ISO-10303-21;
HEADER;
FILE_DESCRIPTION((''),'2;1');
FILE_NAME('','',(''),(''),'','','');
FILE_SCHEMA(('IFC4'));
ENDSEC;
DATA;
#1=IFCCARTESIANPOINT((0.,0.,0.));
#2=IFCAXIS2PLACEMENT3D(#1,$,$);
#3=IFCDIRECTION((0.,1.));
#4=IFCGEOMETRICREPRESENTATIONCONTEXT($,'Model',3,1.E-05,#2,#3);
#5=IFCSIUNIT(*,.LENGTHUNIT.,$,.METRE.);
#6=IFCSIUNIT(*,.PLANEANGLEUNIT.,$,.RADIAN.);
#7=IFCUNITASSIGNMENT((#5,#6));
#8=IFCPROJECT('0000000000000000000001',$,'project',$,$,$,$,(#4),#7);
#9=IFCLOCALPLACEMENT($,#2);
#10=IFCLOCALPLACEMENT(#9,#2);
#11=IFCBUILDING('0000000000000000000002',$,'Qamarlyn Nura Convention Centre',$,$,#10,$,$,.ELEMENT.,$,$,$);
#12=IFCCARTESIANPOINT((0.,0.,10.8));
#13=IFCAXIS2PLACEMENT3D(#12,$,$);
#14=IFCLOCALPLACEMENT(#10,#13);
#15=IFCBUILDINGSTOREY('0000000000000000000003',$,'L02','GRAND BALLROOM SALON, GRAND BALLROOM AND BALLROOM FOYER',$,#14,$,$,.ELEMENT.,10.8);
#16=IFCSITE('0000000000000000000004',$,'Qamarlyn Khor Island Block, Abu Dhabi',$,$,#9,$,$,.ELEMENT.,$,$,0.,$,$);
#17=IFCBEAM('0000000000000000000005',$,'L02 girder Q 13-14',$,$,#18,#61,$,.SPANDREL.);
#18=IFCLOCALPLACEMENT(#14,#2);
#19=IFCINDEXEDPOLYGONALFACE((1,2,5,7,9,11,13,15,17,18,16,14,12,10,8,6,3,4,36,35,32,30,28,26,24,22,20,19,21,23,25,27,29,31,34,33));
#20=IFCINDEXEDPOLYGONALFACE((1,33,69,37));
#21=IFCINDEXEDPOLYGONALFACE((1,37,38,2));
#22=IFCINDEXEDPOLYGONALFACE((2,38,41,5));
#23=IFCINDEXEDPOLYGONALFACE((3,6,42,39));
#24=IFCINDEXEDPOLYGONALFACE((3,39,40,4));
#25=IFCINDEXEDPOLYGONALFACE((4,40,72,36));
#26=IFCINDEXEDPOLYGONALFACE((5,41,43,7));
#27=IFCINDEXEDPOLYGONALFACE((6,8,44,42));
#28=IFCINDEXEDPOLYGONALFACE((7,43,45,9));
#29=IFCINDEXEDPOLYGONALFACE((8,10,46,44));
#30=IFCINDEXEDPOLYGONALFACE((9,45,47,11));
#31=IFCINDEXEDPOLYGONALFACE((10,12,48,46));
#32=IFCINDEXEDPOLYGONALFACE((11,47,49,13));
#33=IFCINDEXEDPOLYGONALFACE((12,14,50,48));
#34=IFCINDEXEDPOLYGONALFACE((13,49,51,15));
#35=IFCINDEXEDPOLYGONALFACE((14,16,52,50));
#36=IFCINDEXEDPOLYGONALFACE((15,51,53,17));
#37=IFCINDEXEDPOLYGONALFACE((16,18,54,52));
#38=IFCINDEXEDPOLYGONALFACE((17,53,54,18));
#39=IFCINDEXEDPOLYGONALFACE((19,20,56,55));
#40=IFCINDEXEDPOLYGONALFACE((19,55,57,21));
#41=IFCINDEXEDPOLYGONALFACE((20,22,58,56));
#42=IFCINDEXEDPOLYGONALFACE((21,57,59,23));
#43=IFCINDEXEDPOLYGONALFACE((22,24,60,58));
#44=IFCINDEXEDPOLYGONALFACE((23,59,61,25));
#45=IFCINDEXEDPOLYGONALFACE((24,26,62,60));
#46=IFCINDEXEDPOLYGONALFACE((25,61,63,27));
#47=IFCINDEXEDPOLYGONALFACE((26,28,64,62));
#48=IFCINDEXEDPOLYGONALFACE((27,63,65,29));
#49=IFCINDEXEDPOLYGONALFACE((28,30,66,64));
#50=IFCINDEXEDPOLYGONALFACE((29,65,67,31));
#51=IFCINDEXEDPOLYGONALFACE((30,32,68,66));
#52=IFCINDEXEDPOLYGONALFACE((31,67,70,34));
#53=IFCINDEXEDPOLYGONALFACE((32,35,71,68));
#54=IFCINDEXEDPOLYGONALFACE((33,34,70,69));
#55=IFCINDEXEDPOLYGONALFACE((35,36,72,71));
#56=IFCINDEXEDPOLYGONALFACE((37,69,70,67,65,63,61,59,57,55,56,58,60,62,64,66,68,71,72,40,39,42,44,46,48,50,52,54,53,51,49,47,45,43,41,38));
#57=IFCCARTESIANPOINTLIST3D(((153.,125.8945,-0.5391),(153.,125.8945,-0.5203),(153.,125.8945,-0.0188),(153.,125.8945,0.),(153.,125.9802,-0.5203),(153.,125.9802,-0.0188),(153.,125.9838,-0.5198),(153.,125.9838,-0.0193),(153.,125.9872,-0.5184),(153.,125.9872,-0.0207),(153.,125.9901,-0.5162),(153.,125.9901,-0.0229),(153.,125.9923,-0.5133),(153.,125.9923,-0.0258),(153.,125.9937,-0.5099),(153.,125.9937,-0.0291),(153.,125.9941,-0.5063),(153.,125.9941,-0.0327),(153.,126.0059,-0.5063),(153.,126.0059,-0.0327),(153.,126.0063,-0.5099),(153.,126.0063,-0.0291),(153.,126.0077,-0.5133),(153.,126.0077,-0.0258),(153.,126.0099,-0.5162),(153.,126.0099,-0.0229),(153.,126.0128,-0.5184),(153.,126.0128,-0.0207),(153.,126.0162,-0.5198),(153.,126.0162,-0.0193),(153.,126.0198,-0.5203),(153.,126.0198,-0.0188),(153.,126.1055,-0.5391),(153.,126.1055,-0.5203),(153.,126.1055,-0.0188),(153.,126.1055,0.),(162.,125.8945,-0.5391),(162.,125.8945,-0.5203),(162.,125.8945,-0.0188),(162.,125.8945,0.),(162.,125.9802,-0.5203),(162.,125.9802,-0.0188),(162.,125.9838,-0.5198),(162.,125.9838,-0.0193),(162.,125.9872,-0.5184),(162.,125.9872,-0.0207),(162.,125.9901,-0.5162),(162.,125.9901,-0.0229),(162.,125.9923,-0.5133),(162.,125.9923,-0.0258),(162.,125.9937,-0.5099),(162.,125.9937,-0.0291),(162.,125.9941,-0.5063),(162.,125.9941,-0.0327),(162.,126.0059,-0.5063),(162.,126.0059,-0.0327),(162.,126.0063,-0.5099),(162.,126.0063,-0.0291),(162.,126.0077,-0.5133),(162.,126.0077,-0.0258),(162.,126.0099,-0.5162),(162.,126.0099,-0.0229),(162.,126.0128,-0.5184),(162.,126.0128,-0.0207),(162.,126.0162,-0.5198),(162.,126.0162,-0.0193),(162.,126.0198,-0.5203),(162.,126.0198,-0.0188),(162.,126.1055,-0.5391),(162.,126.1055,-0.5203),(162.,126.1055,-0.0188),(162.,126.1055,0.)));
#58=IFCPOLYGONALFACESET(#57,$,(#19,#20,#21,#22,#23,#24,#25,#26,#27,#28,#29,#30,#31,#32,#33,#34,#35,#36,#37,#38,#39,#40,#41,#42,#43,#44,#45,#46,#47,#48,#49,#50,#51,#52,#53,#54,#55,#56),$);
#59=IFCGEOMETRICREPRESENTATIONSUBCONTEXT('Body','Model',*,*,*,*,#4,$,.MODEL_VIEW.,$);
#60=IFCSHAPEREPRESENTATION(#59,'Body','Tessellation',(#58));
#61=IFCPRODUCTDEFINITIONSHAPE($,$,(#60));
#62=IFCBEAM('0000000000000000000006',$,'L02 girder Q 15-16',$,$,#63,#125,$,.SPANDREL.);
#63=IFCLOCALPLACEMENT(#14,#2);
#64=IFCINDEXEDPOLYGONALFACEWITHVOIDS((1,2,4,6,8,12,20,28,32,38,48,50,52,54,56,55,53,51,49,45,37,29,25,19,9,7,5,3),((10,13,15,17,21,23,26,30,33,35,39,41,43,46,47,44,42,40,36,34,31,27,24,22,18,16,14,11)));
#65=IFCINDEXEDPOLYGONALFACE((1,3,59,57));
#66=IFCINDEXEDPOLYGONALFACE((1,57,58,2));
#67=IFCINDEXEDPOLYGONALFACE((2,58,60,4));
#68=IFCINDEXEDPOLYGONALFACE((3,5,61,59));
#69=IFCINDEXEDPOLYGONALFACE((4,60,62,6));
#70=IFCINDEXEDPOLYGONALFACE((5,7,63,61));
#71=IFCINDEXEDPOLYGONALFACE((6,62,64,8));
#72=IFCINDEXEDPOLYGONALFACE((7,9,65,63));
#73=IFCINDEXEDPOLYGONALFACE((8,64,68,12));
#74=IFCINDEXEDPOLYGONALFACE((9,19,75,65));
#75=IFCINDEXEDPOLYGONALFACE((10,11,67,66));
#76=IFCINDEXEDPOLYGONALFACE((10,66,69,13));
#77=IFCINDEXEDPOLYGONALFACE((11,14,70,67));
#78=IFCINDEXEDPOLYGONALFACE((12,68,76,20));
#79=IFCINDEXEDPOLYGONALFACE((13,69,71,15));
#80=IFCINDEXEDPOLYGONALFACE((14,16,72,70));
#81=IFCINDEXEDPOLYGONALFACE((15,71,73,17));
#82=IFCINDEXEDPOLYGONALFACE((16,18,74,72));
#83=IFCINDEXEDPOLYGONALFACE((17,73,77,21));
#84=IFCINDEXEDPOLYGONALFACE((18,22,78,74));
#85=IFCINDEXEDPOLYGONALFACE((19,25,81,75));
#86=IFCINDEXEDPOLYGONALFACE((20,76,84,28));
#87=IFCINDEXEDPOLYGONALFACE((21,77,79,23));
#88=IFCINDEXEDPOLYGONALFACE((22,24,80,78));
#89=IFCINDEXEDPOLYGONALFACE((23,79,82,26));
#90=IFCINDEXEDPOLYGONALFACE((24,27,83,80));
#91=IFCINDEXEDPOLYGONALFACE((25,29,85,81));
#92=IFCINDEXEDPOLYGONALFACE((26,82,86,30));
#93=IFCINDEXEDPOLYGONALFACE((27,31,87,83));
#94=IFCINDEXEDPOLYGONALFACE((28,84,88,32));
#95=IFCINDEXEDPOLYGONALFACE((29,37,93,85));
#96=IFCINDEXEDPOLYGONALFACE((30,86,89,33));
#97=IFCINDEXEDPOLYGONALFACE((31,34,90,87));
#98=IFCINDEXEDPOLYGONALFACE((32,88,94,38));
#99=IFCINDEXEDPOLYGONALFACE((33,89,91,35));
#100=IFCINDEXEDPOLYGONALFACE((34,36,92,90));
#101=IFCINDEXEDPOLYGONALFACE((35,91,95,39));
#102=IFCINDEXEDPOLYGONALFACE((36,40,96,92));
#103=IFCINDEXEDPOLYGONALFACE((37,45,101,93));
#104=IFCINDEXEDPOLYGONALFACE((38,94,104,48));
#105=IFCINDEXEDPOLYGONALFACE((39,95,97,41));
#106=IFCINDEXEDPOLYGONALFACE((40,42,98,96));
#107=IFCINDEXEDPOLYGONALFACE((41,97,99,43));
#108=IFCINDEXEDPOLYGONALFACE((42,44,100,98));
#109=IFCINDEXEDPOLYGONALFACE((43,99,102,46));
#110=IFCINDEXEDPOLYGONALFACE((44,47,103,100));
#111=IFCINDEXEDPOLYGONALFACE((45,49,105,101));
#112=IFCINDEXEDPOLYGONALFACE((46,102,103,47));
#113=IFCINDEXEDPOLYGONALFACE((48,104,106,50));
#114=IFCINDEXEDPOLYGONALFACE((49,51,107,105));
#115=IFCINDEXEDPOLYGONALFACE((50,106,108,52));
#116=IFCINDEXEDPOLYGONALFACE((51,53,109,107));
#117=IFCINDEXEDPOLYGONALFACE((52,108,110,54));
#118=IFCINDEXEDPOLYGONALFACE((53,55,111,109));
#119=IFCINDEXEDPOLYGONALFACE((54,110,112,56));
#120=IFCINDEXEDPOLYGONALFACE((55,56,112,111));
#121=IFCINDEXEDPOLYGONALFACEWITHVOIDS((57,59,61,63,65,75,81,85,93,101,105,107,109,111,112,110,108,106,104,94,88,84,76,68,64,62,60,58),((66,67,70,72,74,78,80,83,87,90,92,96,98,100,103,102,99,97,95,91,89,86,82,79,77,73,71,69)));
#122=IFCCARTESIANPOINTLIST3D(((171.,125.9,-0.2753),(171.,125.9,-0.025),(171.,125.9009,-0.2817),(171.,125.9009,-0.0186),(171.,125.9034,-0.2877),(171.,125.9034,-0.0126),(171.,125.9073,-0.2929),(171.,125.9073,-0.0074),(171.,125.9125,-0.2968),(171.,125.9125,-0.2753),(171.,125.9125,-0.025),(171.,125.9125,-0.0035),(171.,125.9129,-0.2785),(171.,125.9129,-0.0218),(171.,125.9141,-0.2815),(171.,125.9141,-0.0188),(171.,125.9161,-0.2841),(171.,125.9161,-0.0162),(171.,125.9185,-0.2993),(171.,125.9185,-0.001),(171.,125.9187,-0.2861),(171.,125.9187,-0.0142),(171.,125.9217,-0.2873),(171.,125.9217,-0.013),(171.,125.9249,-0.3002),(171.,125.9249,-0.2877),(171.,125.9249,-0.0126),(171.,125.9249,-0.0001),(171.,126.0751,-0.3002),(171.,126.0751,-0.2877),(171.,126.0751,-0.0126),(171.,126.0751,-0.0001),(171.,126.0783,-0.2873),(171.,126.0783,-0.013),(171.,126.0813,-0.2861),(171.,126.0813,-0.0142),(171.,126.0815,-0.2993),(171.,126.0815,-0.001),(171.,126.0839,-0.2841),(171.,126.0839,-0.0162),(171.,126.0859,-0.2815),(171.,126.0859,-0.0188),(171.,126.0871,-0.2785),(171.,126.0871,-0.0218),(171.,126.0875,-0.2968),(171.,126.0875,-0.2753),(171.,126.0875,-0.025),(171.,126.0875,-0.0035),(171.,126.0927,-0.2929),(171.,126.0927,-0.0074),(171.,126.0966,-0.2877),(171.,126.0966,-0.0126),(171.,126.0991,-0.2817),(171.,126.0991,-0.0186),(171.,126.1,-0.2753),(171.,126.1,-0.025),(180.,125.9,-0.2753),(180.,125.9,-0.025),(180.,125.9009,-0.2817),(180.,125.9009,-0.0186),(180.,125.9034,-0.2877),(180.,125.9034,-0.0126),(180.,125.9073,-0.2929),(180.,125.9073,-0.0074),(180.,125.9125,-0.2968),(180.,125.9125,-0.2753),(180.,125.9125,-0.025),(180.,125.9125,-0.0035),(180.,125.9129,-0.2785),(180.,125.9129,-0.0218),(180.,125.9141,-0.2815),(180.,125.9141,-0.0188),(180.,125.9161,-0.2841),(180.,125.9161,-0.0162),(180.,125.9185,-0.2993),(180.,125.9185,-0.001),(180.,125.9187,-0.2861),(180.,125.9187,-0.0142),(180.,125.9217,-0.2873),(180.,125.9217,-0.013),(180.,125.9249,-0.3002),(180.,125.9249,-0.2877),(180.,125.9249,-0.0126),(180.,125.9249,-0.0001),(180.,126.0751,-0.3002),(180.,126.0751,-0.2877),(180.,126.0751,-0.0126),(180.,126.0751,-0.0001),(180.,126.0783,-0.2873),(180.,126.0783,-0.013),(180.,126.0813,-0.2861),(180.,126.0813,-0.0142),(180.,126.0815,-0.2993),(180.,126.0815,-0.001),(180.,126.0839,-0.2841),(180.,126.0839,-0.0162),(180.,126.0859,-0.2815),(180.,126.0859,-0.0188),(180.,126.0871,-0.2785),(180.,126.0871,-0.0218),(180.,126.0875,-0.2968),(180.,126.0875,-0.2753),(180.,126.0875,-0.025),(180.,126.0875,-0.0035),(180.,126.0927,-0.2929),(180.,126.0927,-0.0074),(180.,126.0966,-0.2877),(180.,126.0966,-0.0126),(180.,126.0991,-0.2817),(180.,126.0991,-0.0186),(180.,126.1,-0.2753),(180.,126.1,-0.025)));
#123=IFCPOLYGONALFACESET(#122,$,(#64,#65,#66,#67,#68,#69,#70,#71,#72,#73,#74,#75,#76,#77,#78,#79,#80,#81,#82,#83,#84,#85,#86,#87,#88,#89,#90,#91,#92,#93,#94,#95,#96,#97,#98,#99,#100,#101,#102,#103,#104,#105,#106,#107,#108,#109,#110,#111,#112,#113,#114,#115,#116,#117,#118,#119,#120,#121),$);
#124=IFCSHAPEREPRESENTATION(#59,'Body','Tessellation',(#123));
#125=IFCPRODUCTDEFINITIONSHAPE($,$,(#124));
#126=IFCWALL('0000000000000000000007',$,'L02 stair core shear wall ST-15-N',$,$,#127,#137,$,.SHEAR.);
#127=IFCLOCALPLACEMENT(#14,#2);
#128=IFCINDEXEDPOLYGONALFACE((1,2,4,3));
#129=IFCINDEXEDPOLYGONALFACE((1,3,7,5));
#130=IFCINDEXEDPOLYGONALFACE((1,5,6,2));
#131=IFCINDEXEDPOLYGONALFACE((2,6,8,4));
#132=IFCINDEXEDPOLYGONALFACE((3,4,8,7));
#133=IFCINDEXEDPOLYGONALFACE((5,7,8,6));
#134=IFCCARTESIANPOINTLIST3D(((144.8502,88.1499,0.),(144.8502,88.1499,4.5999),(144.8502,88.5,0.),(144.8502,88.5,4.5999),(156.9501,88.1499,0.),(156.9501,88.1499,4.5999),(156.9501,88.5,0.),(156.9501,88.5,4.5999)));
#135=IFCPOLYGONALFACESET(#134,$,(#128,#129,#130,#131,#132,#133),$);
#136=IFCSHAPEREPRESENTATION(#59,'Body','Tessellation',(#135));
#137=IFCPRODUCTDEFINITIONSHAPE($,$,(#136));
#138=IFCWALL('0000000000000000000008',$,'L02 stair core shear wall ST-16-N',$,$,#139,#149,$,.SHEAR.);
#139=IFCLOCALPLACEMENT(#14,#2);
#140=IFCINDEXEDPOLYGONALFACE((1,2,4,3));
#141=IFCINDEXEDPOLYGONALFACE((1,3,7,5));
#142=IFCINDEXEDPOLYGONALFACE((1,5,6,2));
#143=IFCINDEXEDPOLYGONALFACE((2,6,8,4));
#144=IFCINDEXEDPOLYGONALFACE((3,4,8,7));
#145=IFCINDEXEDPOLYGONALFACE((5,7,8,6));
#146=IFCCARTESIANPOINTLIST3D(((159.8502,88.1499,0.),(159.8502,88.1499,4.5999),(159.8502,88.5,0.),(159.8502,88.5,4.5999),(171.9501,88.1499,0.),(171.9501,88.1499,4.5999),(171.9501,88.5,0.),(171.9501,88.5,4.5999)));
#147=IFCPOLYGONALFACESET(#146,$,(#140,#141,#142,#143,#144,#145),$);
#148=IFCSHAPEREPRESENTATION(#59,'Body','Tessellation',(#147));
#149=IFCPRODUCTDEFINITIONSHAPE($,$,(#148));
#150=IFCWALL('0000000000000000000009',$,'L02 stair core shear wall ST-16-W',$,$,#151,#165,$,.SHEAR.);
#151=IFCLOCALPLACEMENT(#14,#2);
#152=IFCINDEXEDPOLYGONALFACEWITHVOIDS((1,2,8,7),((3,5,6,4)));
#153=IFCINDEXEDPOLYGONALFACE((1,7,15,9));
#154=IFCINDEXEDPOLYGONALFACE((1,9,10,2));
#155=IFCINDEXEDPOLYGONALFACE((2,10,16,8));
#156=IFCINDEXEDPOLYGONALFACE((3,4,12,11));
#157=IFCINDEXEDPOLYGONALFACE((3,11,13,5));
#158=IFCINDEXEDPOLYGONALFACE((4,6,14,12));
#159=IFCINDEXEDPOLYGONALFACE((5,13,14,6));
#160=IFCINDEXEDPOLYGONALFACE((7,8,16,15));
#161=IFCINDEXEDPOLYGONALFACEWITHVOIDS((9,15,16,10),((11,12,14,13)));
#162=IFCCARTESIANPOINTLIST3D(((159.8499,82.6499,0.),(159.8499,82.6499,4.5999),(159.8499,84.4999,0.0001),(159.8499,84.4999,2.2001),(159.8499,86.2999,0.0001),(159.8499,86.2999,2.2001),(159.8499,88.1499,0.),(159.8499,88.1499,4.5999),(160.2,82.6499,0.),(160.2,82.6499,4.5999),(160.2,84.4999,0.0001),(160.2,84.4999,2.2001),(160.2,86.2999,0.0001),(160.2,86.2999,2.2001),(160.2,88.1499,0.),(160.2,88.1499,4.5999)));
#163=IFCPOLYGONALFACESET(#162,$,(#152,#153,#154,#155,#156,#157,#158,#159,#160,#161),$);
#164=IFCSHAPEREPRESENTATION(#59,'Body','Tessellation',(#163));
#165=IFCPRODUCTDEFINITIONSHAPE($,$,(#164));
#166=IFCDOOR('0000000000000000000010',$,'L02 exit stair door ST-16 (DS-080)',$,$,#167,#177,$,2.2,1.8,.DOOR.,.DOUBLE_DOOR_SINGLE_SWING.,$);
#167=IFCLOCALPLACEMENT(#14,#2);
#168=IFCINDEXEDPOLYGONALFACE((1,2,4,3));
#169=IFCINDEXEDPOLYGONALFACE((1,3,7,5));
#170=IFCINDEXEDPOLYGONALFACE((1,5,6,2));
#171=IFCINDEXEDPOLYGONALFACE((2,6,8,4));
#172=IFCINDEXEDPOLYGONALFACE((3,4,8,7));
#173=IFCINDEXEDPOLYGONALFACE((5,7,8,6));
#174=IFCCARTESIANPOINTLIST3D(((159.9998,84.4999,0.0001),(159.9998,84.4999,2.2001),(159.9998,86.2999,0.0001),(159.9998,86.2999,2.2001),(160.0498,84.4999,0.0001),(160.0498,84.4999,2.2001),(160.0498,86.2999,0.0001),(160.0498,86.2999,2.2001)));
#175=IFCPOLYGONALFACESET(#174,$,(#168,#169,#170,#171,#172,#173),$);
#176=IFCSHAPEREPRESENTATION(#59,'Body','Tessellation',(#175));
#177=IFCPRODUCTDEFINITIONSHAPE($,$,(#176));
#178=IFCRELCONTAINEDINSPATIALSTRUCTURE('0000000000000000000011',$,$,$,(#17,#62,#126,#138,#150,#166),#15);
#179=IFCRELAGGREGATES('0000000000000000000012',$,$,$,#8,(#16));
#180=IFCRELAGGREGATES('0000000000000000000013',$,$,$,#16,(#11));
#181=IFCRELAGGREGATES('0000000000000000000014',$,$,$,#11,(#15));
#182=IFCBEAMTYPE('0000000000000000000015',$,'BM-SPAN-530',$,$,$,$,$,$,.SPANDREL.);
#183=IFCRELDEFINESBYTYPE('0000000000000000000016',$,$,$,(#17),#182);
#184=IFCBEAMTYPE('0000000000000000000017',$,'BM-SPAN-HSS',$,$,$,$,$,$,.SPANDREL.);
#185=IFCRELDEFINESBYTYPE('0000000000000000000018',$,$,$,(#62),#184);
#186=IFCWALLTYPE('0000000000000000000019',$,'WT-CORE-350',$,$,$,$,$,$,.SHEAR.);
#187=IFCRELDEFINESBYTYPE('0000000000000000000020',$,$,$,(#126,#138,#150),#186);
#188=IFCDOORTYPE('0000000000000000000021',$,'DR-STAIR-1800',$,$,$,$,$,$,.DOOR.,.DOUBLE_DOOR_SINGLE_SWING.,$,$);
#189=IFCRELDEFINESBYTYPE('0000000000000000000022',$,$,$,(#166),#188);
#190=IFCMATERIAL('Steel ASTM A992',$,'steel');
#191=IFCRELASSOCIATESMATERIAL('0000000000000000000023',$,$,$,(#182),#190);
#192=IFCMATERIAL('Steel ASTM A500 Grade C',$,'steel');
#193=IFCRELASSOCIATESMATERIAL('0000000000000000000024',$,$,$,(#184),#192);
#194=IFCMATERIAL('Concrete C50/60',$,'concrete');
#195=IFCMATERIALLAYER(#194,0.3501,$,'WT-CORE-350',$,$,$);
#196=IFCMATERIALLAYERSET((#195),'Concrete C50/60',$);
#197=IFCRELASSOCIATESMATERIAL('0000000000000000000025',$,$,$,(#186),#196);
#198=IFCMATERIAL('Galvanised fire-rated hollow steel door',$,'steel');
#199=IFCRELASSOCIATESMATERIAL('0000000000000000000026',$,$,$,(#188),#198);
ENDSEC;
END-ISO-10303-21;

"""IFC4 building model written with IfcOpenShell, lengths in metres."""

from ifc_helpers import new_model, si_unit, direction, frame, frame_2d, origin, origin_2d, place, context, subcontext, project, spatial, rectangle, hollow_rectangle, i_section, extrude, material, layer, layer_set, material_profile, profile_set, type_object, element, fill, save


model = new_model("IFC4")

# Units and contexts
model_context = context("Model", 3, precision=1e-05, world=origin(), true_north=direction((0.0, 1.0)))
body_context = subcontext(model_context, "Body", "Model", "MODEL_VIEW")
ifc_project = project(units=[si_unit("LENGTHUNIT", "METRE"), si_unit("PLANEANGLEUNIT", "RADIAN")], contexts=[model_context])

# Site, building, storey
site_placement = place(None, origin())
site = spatial("IfcSite", under=ifc_project, at=site_placement, Name="Qamarlyn Khor Island Block, Abu Dhabi", CompositionType="ELEMENT", RefElevation=0.0)
building_placement = place(site_placement, origin())
building = spatial("IfcBuilding", under=site, at=building_placement, Name="Qamarlyn Nura Convention Centre", CompositionType="ELEMENT")
storey_placement = place(building_placement, frame((0.0, 0.0, 10.8)))
storey = spatial("IfcBuildingStorey", under=building, at=storey_placement, Name="L02", Description="GRAND BALLROOM SALON, GRAND BALLROOM AND BALLROOM FOYER", CompositionType="ELEMENT", Elevation=10.8)

# Shared definitions
ifc_material_1 = material(Name="Steel ASTM A500 Grade C", Category="steel")
ifc_material_2 = material(Name="Steel ASTM A992", Category="steel")

# Beams
ifc_material_profile_1 = material_profile(ifc_material_2, i_section(OverallWidth=0.2109, OverallDepth=0.5391, WebThickness=0.0117, FlangeThickness=0.0188, FilletRadius=0.0139, at=origin_2d()), Name="W530X109")
ifc_profile_set_1 = profile_set([ifc_material_profile_1], Name="Steel ASTM A992")
beam_type_1 = type_object("IfcBeamType", Name="BM-SPAN-530", PredefinedType="SPANDREL", material=ifc_profile_set_1)
beam_1_placement = place(storey_placement, frame((153.0, 126.0, -0.2695), z_axis=(1.0, 0.0, 0.0), x_axis=(0.0, 1.0, 0.0)))
element("IfcBeam", 1, at=beam_1_placement, inside=storey, type_object=beam_type_1, Name="L02 girder Q 13-14", PredefinedType="SPANDREL", context=body_context, shape_type="SweptSolid", body=[
    extrude(i_section(OverallWidth=0.2109, OverallDepth=0.5391, WebThickness=0.0117, FlangeThickness=0.0188, FilletRadius=0.0139, at=origin_2d()), origin(), (0.0, 0.0, 1.0), 9.0),
])
ifc_material_profile_2 = material_profile(ifc_material_1, hollow_rectangle(XDim=0.2, YDim=0.3, WallThickness=0.0125, InnerFilletRadius=0.0125, OuterFilletRadius=0.0249, at=origin_2d()), Name="HSS300X200X12.5")
ifc_profile_set_2 = profile_set([ifc_material_profile_2], Name="Steel ASTM A500 Grade C")
beam_type_2 = type_object("IfcBeamType", Name="BM-SPAN-HSS", PredefinedType="SPANDREL", material=ifc_profile_set_2)
beam_2_placement = place(storey_placement, frame((171.0, 126.0, -0.1501), z_axis=(1.0, 0.0, 0.0), x_axis=(0.0, 1.0, 0.0)))
element("IfcBeam", 2, at=beam_2_placement, inside=storey, type_object=beam_type_2, Name="L02 girder Q 15-16", PredefinedType="SPANDREL", context=body_context, shape_type="SweptSolid", body=[
    extrude(hollow_rectangle(XDim=0.2, YDim=0.3, WallThickness=0.0125, InnerFilletRadius=0.0125, OuterFilletRadius=0.0249, at=origin_2d()), origin(), (0.0, 0.0, 1.0), 9.0),
])

# Walls
ifc_material_3 = material(Name="Concrete C50/60", Category="concrete")
ifc_layer = layer(ifc_material_3, 0.3501, Name="WT-CORE-350")
ifc_layer_set = layer_set([ifc_layer], Name="Concrete C50/60")
wall_type = type_object("IfcWallType", Name="WT-CORE-350", PredefinedType="SHEAR", material=ifc_layer_set)
for number, where, z_axis, x_axis, name in (
    (3, (156.95, 88.325, 0.0), (0.0, 0.0, 1.0), (-1.0, 0.0, 0.0), "L02 stair core shear wall ST-15-N"),
    (4, (171.95, 88.325, 0.0), (0.0, 0.0, 1.0), (-1.0, 0.0, 0.0), "L02 stair core shear wall ST-16-N"),
):
    element("IfcWall", number, at=place(storey_placement, frame(where, z_axis=z_axis, x_axis=x_axis)), inside=storey, type_object=wall_type, Name=name, PredefinedType="SHEAR", context=body_context, shape_type="SweptSolid", body=[
        extrude(rectangle(XDim=12.0999, YDim=0.3501, at=frame_2d((6.0498, 0.0))), origin(), (0.0, 0.0, 1.0), 4.5999),
    ])

# Wall, opening, door
wall_1_placement = place(storey_placement, frame((160.0249, 88.1499, 0.0), z_axis=(0.0, 0.0, 1.0), x_axis=(0.0, -1.0, 0.0)))
wall_1 = element("IfcWall", 5, at=wall_1_placement, inside=storey, type_object=wall_type, Name="L02 stair core shear wall ST-16-W", PredefinedType="SHEAR", context=body_context, shape_type="SweptSolid", body=[
    extrude(rectangle(XDim=5.5, YDim=0.3501, at=frame_2d((2.75, 0.0))), origin(), (0.0, 0.0, 1.0), 4.5999),
])
opening_1_placement = place(wall_1_placement, frame((1.8501, 0.0, 0.0)))
opening_1 = element("IfcOpeningElement", 6, at=opening_1_placement, cuts=wall_1, PredefinedType="OPENING", context=body_context, shape_type="SweptSolid", body=[
    extrude(rectangle(XDim=1.8, YDim=2.2, at=frame_2d((0.8999, 1.1001))), frame((0.0, 0.1851, 0.0), z_axis=(0.0, -1.0, 0.0), x_axis=(1.0, 0.0, 0.0)), (0.0, 0.0, 1.0), 0.3701),
])
ifc_material_4 = material(Name="Galvanised fire-rated hollow steel door", Category="steel")
door_type = type_object("IfcDoorType", Name="DR-STAIR-1800", OperationType="DOUBLE_DOOR_SINGLE_SWING", PredefinedType="DOOR", material=ifc_material_4)
door_1_placement = place(opening_1_placement, origin())
door_1 = element("IfcDoor", 7, at=door_1_placement, inside=storey, type_object=door_type, Name="L02 exit stair door ST-16 (DS-080)", OperationType="DOUBLE_DOOR_SINGLE_SWING", OverallHeight=2.2, OverallWidth=1.8, PredefinedType="DOOR", context=body_context, shape_type="SweptSolid", body=[
    extrude(rectangle(XDim=1.8, YDim=2.2, at=frame_2d((0.8999, 1.1001))), frame((0.0, 0.0249, 0.0), z_axis=(0.0, -1.0, 0.0), x_axis=(1.0, 0.0, 0.0)), (0.0, 0.0, 1.0), 0.05),
])
fill(opening_1, door_1)

save(model, "model.ifc")
